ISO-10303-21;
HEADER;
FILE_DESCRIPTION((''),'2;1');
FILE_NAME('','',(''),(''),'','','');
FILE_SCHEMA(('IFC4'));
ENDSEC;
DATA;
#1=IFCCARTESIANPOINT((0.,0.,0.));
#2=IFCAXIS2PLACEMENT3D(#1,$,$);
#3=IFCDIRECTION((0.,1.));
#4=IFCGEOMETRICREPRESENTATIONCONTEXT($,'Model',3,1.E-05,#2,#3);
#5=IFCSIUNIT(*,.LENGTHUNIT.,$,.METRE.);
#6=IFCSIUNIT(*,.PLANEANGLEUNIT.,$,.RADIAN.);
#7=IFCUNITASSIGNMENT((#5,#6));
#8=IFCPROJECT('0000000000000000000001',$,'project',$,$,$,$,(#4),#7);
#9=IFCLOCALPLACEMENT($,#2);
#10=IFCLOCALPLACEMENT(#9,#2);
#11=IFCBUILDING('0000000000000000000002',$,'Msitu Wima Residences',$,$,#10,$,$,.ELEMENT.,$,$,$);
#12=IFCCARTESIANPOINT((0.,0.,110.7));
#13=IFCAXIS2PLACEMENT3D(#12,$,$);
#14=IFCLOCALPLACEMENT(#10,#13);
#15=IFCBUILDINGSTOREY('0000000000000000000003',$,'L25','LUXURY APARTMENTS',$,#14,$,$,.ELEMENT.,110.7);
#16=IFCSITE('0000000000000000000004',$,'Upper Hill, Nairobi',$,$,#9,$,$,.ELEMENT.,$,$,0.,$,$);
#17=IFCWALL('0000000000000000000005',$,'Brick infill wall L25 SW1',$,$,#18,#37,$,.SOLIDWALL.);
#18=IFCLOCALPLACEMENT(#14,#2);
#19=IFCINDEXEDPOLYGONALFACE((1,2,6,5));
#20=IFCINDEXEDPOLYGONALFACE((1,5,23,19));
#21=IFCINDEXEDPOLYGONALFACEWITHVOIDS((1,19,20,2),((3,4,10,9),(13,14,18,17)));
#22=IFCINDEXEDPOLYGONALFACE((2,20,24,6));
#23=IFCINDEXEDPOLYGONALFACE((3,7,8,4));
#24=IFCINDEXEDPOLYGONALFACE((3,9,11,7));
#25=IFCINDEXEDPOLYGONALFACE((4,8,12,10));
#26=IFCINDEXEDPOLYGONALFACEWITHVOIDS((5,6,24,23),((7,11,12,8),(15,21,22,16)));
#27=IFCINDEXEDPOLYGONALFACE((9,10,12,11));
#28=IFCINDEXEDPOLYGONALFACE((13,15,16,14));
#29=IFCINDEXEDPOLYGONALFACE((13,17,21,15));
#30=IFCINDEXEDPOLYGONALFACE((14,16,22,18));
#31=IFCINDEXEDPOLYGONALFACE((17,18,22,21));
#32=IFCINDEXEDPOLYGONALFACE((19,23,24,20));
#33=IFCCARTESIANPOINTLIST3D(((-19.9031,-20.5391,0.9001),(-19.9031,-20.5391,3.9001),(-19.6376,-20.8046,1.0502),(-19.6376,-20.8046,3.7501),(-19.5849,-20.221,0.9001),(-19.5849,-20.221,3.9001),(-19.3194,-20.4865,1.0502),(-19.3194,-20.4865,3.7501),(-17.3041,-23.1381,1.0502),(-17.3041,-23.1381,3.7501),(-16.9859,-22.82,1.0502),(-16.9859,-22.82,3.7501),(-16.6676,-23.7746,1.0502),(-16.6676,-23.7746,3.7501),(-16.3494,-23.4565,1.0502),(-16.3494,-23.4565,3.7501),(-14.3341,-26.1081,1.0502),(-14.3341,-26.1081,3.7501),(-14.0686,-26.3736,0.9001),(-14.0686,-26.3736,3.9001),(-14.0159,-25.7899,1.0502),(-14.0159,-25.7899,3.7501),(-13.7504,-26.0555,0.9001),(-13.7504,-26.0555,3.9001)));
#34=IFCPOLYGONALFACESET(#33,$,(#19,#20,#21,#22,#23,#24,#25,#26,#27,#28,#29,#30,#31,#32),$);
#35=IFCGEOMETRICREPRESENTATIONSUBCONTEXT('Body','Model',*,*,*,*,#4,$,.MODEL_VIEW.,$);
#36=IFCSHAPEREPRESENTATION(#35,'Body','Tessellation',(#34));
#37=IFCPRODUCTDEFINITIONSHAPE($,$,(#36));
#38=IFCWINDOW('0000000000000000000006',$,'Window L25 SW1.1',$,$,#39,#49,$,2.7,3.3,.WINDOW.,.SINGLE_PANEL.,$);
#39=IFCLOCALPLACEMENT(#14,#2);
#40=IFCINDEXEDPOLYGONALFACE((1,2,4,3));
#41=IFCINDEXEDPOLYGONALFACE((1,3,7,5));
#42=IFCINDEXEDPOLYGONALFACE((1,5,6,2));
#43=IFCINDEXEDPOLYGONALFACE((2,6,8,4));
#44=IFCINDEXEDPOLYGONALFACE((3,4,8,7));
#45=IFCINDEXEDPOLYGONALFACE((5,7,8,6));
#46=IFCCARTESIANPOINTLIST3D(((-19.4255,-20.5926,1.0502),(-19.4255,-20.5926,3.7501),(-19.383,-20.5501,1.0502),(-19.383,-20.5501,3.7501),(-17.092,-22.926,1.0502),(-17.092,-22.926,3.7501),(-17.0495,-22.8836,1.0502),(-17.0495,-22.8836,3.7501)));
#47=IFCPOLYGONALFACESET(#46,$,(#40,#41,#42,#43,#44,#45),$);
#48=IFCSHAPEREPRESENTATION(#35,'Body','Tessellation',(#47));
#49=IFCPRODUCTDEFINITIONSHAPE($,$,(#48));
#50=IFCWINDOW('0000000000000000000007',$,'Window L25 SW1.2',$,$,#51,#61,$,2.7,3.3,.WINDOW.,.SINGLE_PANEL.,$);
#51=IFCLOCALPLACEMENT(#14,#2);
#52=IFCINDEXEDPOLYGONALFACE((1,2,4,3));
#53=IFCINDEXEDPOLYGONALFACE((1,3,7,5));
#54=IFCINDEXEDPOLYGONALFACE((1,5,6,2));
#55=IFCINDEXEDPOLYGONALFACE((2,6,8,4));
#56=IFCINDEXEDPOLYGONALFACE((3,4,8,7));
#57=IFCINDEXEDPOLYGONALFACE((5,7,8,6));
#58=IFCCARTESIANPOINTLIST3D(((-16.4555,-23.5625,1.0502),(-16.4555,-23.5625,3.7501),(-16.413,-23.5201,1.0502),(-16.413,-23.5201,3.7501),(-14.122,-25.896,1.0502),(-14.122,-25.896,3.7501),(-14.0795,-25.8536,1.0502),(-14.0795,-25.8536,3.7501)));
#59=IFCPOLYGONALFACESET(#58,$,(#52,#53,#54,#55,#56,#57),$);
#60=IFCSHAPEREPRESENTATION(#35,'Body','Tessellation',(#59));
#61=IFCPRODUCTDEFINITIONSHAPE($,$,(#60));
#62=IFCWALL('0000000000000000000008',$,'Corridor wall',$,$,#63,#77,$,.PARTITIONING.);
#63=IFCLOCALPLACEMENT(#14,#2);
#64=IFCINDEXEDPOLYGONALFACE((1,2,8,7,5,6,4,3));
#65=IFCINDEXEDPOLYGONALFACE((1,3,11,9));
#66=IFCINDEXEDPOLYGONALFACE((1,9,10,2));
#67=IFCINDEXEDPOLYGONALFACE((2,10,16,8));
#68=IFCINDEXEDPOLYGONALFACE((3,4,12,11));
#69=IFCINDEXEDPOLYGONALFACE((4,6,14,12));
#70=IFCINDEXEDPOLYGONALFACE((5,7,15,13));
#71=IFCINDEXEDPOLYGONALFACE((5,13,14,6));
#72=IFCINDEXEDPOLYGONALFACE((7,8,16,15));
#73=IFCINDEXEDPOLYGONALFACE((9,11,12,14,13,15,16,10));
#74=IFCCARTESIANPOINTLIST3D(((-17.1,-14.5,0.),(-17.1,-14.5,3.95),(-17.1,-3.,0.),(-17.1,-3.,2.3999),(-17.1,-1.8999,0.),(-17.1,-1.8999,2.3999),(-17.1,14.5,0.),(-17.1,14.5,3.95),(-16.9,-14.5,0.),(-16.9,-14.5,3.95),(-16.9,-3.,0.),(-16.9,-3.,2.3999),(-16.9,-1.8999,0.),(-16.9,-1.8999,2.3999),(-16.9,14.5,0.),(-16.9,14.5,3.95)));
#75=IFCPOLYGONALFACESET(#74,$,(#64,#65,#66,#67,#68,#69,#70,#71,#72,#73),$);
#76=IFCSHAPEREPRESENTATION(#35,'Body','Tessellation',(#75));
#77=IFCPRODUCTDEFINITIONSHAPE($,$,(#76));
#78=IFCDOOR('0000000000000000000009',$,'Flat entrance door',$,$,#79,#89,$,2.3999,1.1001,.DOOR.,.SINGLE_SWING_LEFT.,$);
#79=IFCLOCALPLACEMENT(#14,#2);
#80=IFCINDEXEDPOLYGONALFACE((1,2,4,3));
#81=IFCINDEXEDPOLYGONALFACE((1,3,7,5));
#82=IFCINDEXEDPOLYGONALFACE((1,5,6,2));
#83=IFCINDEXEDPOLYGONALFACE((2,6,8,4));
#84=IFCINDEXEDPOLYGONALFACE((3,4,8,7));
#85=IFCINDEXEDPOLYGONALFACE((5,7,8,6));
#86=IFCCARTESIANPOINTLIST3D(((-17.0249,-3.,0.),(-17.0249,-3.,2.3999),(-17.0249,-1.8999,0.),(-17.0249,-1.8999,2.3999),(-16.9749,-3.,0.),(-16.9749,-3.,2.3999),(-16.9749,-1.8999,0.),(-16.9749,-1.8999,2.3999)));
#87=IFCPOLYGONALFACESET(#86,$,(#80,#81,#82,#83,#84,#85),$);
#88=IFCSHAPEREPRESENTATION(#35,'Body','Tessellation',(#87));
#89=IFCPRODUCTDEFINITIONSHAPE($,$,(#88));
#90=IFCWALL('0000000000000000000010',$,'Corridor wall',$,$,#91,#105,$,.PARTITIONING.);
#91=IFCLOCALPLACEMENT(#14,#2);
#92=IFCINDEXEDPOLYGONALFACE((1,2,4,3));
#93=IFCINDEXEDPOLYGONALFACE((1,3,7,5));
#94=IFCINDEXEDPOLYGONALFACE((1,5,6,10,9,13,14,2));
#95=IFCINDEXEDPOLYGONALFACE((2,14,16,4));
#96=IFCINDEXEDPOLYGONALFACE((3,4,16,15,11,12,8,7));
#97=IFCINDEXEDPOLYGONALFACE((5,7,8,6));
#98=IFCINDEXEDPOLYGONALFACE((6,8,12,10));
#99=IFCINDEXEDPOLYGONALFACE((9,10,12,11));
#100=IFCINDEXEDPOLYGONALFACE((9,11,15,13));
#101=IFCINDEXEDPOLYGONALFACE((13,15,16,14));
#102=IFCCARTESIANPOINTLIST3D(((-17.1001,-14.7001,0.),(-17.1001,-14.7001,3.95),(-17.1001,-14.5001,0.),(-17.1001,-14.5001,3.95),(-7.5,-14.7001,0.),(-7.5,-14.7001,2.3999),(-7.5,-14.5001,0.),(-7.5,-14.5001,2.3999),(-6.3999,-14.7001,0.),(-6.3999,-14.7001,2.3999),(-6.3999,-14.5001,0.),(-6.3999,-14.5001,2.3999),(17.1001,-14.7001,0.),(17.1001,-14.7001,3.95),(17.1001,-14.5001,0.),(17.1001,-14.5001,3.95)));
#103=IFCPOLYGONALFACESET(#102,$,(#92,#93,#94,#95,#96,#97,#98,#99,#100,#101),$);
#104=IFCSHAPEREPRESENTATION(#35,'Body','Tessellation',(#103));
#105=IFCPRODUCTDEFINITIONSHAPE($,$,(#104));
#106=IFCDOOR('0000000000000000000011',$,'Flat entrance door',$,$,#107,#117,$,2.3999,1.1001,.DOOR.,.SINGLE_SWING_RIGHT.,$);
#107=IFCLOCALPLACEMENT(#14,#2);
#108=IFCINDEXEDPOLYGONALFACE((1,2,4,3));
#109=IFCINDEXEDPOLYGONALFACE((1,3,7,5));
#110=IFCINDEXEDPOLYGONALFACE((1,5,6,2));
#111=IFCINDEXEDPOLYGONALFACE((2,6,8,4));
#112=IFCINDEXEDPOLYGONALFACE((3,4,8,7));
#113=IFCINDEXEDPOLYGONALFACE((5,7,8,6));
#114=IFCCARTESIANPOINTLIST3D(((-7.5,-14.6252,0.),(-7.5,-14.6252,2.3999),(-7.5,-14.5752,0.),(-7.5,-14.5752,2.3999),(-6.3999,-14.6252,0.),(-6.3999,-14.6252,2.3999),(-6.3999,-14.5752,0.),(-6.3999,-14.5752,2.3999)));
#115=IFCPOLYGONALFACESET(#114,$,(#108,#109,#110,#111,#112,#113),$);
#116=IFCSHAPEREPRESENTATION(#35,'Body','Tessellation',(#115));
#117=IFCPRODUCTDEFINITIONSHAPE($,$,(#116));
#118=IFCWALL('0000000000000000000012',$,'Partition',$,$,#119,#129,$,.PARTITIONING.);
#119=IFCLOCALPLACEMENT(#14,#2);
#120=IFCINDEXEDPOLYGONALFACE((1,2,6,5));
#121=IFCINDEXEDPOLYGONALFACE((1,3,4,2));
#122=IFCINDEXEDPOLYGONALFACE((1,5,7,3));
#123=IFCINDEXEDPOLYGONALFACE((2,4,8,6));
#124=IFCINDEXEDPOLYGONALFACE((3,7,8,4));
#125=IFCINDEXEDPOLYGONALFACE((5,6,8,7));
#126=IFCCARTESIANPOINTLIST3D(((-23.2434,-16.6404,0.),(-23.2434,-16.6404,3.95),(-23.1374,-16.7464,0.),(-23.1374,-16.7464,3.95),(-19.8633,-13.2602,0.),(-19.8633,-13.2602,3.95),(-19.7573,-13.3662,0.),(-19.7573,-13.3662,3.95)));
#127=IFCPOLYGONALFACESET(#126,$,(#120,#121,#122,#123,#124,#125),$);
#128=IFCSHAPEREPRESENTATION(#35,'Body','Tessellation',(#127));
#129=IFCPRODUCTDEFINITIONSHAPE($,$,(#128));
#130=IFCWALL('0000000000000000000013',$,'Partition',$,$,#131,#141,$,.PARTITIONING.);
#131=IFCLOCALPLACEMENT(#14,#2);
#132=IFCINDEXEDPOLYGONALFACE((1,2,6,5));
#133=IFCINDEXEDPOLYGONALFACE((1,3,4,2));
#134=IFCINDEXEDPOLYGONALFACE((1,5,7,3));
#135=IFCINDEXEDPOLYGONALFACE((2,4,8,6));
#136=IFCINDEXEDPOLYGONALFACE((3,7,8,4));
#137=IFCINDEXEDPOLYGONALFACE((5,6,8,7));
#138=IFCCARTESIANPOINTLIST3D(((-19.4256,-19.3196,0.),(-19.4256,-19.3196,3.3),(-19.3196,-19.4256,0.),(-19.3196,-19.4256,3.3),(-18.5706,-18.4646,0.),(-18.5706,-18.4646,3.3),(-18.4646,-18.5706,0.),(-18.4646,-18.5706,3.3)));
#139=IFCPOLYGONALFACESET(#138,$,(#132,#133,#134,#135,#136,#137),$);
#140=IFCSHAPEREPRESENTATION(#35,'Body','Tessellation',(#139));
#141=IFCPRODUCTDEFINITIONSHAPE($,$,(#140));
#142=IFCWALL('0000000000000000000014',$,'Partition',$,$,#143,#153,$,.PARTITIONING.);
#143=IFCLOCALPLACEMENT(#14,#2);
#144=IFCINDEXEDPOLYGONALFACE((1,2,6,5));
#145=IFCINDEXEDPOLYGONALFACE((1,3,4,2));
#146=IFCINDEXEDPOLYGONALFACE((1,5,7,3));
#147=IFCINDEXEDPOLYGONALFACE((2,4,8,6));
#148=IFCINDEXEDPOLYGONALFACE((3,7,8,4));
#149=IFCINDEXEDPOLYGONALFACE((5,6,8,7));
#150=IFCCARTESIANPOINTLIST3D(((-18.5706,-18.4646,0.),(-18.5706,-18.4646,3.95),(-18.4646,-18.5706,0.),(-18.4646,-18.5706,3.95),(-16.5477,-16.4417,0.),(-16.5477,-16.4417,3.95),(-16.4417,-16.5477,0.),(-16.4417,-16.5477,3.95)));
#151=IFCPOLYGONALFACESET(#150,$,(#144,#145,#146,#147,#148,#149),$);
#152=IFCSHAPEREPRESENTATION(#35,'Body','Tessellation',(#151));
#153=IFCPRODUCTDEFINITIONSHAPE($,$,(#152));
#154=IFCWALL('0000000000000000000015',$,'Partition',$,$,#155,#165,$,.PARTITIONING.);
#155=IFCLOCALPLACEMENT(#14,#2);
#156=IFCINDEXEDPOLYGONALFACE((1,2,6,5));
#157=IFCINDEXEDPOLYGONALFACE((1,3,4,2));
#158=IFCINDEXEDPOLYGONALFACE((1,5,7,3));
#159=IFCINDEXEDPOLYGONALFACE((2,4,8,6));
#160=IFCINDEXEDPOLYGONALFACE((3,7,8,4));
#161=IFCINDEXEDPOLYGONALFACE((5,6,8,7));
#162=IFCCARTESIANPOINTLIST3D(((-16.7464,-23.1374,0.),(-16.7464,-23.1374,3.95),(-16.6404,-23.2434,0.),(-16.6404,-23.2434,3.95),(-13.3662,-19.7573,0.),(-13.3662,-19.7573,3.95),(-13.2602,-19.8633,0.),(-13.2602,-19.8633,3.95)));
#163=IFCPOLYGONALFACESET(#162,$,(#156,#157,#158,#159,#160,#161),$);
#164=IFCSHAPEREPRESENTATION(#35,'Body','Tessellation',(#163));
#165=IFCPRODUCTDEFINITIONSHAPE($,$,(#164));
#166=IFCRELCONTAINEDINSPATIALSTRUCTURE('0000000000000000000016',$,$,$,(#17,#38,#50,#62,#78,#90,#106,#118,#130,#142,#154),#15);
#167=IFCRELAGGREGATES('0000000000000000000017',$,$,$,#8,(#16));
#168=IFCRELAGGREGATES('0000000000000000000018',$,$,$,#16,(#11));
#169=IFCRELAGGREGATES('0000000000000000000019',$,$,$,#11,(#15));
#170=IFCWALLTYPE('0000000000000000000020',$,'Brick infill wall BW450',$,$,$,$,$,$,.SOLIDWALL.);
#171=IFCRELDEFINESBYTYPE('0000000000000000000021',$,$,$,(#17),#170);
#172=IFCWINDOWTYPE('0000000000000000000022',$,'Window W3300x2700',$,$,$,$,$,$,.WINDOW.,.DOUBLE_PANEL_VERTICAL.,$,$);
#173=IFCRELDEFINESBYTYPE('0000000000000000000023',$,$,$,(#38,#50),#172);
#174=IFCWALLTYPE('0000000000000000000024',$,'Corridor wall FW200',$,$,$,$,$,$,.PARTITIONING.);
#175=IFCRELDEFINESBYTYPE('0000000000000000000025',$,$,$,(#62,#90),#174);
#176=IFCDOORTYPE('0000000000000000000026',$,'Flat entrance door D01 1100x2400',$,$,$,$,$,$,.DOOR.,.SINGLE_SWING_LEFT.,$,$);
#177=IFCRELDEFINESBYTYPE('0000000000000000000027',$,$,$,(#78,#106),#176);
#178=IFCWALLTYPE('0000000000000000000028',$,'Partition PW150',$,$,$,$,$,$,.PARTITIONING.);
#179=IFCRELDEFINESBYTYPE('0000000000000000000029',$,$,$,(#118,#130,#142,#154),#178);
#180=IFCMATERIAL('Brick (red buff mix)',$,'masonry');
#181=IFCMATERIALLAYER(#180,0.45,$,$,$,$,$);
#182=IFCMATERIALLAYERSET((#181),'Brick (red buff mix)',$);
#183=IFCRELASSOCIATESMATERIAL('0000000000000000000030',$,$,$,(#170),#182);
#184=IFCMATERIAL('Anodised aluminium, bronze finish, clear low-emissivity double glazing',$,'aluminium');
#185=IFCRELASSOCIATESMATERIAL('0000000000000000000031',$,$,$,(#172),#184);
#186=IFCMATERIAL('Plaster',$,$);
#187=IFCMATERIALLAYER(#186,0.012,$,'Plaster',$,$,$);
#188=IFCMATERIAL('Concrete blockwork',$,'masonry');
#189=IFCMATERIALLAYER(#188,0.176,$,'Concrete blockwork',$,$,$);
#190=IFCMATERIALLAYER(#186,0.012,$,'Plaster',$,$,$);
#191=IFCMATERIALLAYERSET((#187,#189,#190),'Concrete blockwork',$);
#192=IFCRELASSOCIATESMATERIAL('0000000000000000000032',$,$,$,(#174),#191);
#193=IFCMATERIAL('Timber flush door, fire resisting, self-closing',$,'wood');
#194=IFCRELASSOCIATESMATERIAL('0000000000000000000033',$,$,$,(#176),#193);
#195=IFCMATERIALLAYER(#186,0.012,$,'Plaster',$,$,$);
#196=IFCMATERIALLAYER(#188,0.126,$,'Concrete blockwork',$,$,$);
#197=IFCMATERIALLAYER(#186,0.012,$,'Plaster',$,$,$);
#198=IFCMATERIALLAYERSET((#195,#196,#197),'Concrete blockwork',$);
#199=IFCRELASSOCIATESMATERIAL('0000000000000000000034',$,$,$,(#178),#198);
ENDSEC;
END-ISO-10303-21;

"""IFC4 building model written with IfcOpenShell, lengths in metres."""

from ifc_helpers import new_model, si_unit, direction, frame, frame_2d, origin, place, context, subcontext, project, spatial, rectangle, extrude, material, layer, layer_set, type_object, element, fill, save


model = new_model("IFC4")

# Units and contexts
model_context = context("Model", 3, precision=1e-05, world=origin(), true_north=direction((0.0, 1.0)))
body_context = subcontext(model_context, "Body", "Model", "MODEL_VIEW")
ifc_project = project(units=[si_unit("LENGTHUNIT", "METRE"), si_unit("PLANEANGLEUNIT", "RADIAN")], contexts=[model_context])

# Site, building, storey
site_placement = place(None, origin())
site = spatial("IfcSite", under=ifc_project, at=site_placement, Name="Upper Hill, Nairobi", CompositionType="ELEMENT", RefElevation=0.0)
building_placement = place(site_placement, origin())
building = spatial("IfcBuilding", under=site, at=building_placement, Name="Msitu Wima Residences", CompositionType="ELEMENT")
storey_placement = place(building_placement, frame((0.0, 0.0, 110.7)))
storey = spatial("IfcBuildingStorey", under=building, at=storey_placement, Name="L25", Description="LUXURY APARTMENTS", CompositionType="ELEMENT", Elevation=110.7)

# Shared definitions
ifc_material_1 = material(Name="Brick (red buff mix)", Category="masonry")
ifc_layer_1 = layer(ifc_material_1, 0.45)
ifc_layer_set_1 = layer_set([ifc_layer_1], Name="Brick (red buff mix)")
wall_type_1 = type_object("IfcWallType", Name="Brick infill wall BW450", PredefinedType="SOLIDWALL", material=ifc_layer_set_1)
ifc_material_2 = material(Name="Anodised aluminium, bronze finish, clear low-emissivity double glazing", Category="aluminium")
window_type = type_object("IfcWindowType", Name="Window W3300x2700", PartitioningType="DOUBLE_PANEL_VERTICAL", PredefinedType="WINDOW", material=ifc_material_2)

# Wall, openings, windows
wall_1_placement = place(storey_placement, frame((-19.7439, -20.3801, 0.9001), z_axis=(0.0, 0.0, 1.0), x_axis=(0.707107, -0.707107, 0.0)))
wall_1 = element("IfcWall", 1, at=wall_1_placement, inside=storey, type_object=wall_type_1, Name="Brick infill wall L25 SW1", PredefinedType="SOLIDWALL", context=body_context, shape_type="SweptSolid", body=[
    extrude(rectangle(XDim=8.2512, YDim=0.45, at=frame_2d((4.1255, 0.0))), origin(), (0.0, 0.0, 1.0), 3.0),
])
opening_1_placement = place(wall_1_placement, frame((0.3755, 0.0, 0.1499)))
opening_1 = element("IfcOpeningElement", 2, at=opening_1_placement, cuts=wall_1, PredefinedType="OPENING", context=body_context, shape_type="SweptSolid", body=[
    extrude(rectangle(XDim=3.3, YDim=2.7, at=frame_2d((1.6499, 1.3501))), frame((0.0, 0.2349, 0.0), z_axis=(0.0, -1.0, 0.0), x_axis=(1.0, 0.0, 0.0)), (0.0, 0.0, 1.0), 0.47),
])
opening_2_placement = place(wall_1_placement, frame((4.5757, 0.0, 0.1499)))
opening_2 = element("IfcOpeningElement", 3, at=opening_2_placement, cuts=wall_1, PredefinedType="OPENING", context=body_context, shape_type="SweptSolid", body=[
    extrude(rectangle(XDim=3.3, YDim=2.7, at=frame_2d((1.6499, 1.3501))), frame((0.0, 0.2349, 0.0), z_axis=(0.0, -1.0, 0.0), x_axis=(1.0, 0.0, 0.0)), (0.0, 0.0, 1.0), 0.47),
])
window_1_placement = place(opening_1_placement, origin())
window_1 = element("IfcWindow", 4, at=window_1_placement, inside=storey, type_object=window_type, Name="Window L25 SW1.1", OverallHeight=2.7, OverallWidth=3.3, PartitioningType="SINGLE_PANEL", PredefinedType="WINDOW", context=body_context, shape_type="SweptSolid", body=[
    extrude(rectangle(XDim=3.3, YDim=2.7, at=frame_2d((1.6499, 1.3501))), frame((0.0, 0.135, 0.0), z_axis=(0.0, -1.0, 0.0), x_axis=(1.0, 0.0, 0.0)), (0.0, 0.0, 1.0), 0.0601),
])
fill(opening_1, window_1)
window_2_placement = place(opening_2_placement, origin())
window_2 = element("IfcWindow", 5, at=window_2_placement, inside=storey, type_object=window_type, Name="Window L25 SW1.2", OverallHeight=2.7, OverallWidth=3.3, PartitioningType="SINGLE_PANEL", PredefinedType="WINDOW", context=body_context, shape_type="SweptSolid", body=[
    extrude(rectangle(XDim=3.3, YDim=2.7, at=frame_2d((1.6499, 1.3501))), frame((0.0, 0.135, 0.0), z_axis=(0.0, -1.0, 0.0), x_axis=(1.0, 0.0, 0.0)), (0.0, 0.0, 1.0), 0.0601),
])
fill(opening_2, window_2)

# Walls, openings, doors
ifc_material_3 = material(Name="Plaster")
ifc_layer_2 = layer(ifc_material_3, 0.012, Name="Plaster")
ifc_material_4 = material(Name="Concrete blockwork", Category="masonry")
ifc_layer_3 = layer(ifc_material_4, 0.176, Name="Concrete blockwork")
ifc_layer_4 = layer(ifc_material_3, 0.012, Name="Plaster")
ifc_layer_set_2 = layer_set([ifc_layer_2, ifc_layer_3, ifc_layer_4], Name="Concrete blockwork")
wall_type_2 = type_object("IfcWallType", Name="Corridor wall FW200", PredefinedType="PARTITIONING", material=ifc_layer_set_2)
wall_2_placement = place(storey_placement, frame((-17.0, -14.5, 0.0), z_axis=(0.0, 0.0, 1.0), x_axis=(0.0, 1.0, 0.0)))
wall_2 = element("IfcWall", 6, at=wall_2_placement, inside=storey, type_object=wall_type_2, Name="Corridor wall", PredefinedType="PARTITIONING", context=body_context, shape_type="SweptSolid", body=[
    extrude(rectangle(XDim=29.0, YDim=0.2, at=frame_2d((14.5, 0.0))), origin(), (0.0, 0.0, 1.0), 3.95),
])
opening_3_placement = place(wall_2_placement, frame((11.5, 0.0, 0.0)))
opening_3 = element("IfcOpeningElement", 7, at=opening_3_placement, cuts=wall_2, PredefinedType="OPENING", context=body_context, shape_type="SweptSolid", body=[
    extrude(rectangle(XDim=1.1001, YDim=2.3999, at=frame_2d((0.55, 1.2))), frame((0.0, 0.1099, 0.0), z_axis=(0.0, -1.0, 0.0), x_axis=(1.0, 0.0, 0.0)), (0.0, 0.0, 1.0), 0.22),
])
ifc_material_5 = material(Name="Timber flush door, fire resisting, self-closing", Category="wood")
door_type_1 = type_object("IfcDoorType", Name="Flat entrance door D01 1100x2400", OperationType="SINGLE_SWING_LEFT", PredefinedType="DOOR", material=ifc_material_5)
door_1_placement = place(opening_3_placement, origin())
door_1 = element("IfcDoor", 8, at=door_1_placement, inside=storey, type_object=door_type_1, Name="Flat entrance door", OperationType="SINGLE_SWING_LEFT", OverallHeight=2.3999, OverallWidth=1.1001, PredefinedType="DOOR", context=body_context, shape_type="SweptSolid", body=[
    extrude(rectangle(XDim=1.1001, YDim=2.3999, at=frame_2d((0.55, 1.2))), frame((0.0, 0.0249, 0.0), z_axis=(0.0, -1.0, 0.0), x_axis=(1.0, 0.0, 0.0)), (0.0, 0.0, 1.0), 0.05),
])
fill(opening_3, door_1)
wall_3_placement = place(storey_placement, frame((-17.1001, -14.6001, 0.0), z_axis=(0.0, 0.0, 1.0), x_axis=(1.0, 0.0, 0.0)))
wall_3 = element("IfcWall", 9, at=wall_3_placement, inside=storey, type_object=wall_type_2, Name="Corridor wall", PredefinedType="PARTITIONING", context=body_context, shape_type="SweptSolid", body=[
    extrude(rectangle(XDim=34.2002, YDim=0.2, at=frame_2d((17.1001, 0.0))), origin(), (0.0, 0.0, 1.0), 3.95),
])
opening_4_placement = place(wall_3_placement, frame((9.6001, 0.0, 0.0)))
opening_4 = element("IfcOpeningElement", 10, at=opening_4_placement, cuts=wall_3, PredefinedType="OPENING", context=body_context, shape_type="SweptSolid", body=[
    extrude(rectangle(XDim=1.1001, YDim=2.3999, at=frame_2d((0.55, 1.2))), frame((0.0, 0.1099, 0.0), z_axis=(0.0, -1.0, 0.0), x_axis=(1.0, 0.0, 0.0)), (0.0, 0.0, 1.0), 0.22),
])
door_2_placement = place(opening_4_placement, origin())
door_2 = element("IfcDoor", 11, at=door_2_placement, inside=storey, type_object=door_type_1, Name="Flat entrance door", OperationType="SINGLE_SWING_RIGHT", OverallHeight=2.3999, OverallWidth=1.1001, PredefinedType="DOOR", context=body_context, shape_type="SweptSolid", body=[
    extrude(rectangle(XDim=1.1001, YDim=2.3999, at=frame_2d((0.55, 1.2))), frame((0.0, 0.0249, 0.0), z_axis=(0.0, -1.0, 0.0), x_axis=(1.0, 0.0, 0.0)), (0.0, 0.0, 1.0), 0.05),
])
fill(opening_4, door_2)

# Walls
ifc_layer_5 = layer(ifc_material_3, 0.012, Name="Plaster")
ifc_layer_6 = layer(ifc_material_4, 0.126, Name="Concrete blockwork")
ifc_layer_7 = layer(ifc_material_3, 0.012, Name="Plaster")
ifc_layer_set_3 = layer_set([ifc_layer_5, ifc_layer_6, ifc_layer_7], Name="Concrete blockwork")
wall_type_3 = type_object("IfcWallType", Name="Partition PW150", PredefinedType="PARTITIONING", material=ifc_layer_set_3)
wall_4_placement = place(storey_placement, frame((-23.1904, -16.6934, 0.0), z_axis=(0.0, 0.0, 1.0), x_axis=(0.707107, 0.707107, 0.0)))
element("IfcWall", 12, at=wall_4_placement, inside=storey, type_object=wall_type_3, Name="Partition", PredefinedType="PARTITIONING", context=body_context, shape_type="SweptSolid", body=[
    extrude(rectangle(XDim=4.7803, YDim=0.1499, at=frame_2d((2.3901, 0.0))), origin(), (0.0, 0.0, 1.0), 3.95),
])
wall_5_placement = place(storey_placement, frame((-19.3726, -19.3726, 0.0), z_axis=(0.0, 0.0, 1.0), x_axis=(0.707107, 0.707107, 0.0)))
element("IfcWall", 13, at=wall_5_placement, inside=storey, type_object=wall_type_3, Name="Partition", PredefinedType="PARTITIONING", context=body_context, shape_type="SweptSolid", body=[
    extrude(rectangle(XDim=1.2092, YDim=0.1499, at=frame_2d((0.6045, 0.0))), origin(), (0.0, 0.0, 1.0), 3.3),
])
wall_6_placement = place(storey_placement, frame((-18.5176, -18.5176, 0.0), z_axis=(0.0, 0.0, 1.0), x_axis=(0.707107, 0.707107, 0.0)))
element("IfcWall", 14, at=wall_6_placement, inside=storey, type_object=wall_type_3, Name="Partition", PredefinedType="PARTITIONING", context=body_context, shape_type="SweptSolid", body=[
    extrude(rectangle(XDim=2.8608, YDim=0.1499, at=frame_2d((1.4304, 0.0))), origin(), (0.0, 0.0, 1.0), 3.95),
])
wall_7_placement = place(storey_placement, frame((-16.6934, -23.1904, 0.0), z_axis=(0.0, 0.0, 1.0), x_axis=(0.707107, 0.707107, 0.0)))
element("IfcWall", 15, at=wall_7_placement, inside=storey, type_object=wall_type_3, Name="Partition", PredefinedType="PARTITIONING", context=body_context, shape_type="SweptSolid", body=[
    extrude(rectangle(XDim=4.7803, YDim=0.1499, at=frame_2d((2.3901, 0.0))), origin(), (0.0, 0.0, 1.0), 3.95),
])

save(model, "model.ifc")
